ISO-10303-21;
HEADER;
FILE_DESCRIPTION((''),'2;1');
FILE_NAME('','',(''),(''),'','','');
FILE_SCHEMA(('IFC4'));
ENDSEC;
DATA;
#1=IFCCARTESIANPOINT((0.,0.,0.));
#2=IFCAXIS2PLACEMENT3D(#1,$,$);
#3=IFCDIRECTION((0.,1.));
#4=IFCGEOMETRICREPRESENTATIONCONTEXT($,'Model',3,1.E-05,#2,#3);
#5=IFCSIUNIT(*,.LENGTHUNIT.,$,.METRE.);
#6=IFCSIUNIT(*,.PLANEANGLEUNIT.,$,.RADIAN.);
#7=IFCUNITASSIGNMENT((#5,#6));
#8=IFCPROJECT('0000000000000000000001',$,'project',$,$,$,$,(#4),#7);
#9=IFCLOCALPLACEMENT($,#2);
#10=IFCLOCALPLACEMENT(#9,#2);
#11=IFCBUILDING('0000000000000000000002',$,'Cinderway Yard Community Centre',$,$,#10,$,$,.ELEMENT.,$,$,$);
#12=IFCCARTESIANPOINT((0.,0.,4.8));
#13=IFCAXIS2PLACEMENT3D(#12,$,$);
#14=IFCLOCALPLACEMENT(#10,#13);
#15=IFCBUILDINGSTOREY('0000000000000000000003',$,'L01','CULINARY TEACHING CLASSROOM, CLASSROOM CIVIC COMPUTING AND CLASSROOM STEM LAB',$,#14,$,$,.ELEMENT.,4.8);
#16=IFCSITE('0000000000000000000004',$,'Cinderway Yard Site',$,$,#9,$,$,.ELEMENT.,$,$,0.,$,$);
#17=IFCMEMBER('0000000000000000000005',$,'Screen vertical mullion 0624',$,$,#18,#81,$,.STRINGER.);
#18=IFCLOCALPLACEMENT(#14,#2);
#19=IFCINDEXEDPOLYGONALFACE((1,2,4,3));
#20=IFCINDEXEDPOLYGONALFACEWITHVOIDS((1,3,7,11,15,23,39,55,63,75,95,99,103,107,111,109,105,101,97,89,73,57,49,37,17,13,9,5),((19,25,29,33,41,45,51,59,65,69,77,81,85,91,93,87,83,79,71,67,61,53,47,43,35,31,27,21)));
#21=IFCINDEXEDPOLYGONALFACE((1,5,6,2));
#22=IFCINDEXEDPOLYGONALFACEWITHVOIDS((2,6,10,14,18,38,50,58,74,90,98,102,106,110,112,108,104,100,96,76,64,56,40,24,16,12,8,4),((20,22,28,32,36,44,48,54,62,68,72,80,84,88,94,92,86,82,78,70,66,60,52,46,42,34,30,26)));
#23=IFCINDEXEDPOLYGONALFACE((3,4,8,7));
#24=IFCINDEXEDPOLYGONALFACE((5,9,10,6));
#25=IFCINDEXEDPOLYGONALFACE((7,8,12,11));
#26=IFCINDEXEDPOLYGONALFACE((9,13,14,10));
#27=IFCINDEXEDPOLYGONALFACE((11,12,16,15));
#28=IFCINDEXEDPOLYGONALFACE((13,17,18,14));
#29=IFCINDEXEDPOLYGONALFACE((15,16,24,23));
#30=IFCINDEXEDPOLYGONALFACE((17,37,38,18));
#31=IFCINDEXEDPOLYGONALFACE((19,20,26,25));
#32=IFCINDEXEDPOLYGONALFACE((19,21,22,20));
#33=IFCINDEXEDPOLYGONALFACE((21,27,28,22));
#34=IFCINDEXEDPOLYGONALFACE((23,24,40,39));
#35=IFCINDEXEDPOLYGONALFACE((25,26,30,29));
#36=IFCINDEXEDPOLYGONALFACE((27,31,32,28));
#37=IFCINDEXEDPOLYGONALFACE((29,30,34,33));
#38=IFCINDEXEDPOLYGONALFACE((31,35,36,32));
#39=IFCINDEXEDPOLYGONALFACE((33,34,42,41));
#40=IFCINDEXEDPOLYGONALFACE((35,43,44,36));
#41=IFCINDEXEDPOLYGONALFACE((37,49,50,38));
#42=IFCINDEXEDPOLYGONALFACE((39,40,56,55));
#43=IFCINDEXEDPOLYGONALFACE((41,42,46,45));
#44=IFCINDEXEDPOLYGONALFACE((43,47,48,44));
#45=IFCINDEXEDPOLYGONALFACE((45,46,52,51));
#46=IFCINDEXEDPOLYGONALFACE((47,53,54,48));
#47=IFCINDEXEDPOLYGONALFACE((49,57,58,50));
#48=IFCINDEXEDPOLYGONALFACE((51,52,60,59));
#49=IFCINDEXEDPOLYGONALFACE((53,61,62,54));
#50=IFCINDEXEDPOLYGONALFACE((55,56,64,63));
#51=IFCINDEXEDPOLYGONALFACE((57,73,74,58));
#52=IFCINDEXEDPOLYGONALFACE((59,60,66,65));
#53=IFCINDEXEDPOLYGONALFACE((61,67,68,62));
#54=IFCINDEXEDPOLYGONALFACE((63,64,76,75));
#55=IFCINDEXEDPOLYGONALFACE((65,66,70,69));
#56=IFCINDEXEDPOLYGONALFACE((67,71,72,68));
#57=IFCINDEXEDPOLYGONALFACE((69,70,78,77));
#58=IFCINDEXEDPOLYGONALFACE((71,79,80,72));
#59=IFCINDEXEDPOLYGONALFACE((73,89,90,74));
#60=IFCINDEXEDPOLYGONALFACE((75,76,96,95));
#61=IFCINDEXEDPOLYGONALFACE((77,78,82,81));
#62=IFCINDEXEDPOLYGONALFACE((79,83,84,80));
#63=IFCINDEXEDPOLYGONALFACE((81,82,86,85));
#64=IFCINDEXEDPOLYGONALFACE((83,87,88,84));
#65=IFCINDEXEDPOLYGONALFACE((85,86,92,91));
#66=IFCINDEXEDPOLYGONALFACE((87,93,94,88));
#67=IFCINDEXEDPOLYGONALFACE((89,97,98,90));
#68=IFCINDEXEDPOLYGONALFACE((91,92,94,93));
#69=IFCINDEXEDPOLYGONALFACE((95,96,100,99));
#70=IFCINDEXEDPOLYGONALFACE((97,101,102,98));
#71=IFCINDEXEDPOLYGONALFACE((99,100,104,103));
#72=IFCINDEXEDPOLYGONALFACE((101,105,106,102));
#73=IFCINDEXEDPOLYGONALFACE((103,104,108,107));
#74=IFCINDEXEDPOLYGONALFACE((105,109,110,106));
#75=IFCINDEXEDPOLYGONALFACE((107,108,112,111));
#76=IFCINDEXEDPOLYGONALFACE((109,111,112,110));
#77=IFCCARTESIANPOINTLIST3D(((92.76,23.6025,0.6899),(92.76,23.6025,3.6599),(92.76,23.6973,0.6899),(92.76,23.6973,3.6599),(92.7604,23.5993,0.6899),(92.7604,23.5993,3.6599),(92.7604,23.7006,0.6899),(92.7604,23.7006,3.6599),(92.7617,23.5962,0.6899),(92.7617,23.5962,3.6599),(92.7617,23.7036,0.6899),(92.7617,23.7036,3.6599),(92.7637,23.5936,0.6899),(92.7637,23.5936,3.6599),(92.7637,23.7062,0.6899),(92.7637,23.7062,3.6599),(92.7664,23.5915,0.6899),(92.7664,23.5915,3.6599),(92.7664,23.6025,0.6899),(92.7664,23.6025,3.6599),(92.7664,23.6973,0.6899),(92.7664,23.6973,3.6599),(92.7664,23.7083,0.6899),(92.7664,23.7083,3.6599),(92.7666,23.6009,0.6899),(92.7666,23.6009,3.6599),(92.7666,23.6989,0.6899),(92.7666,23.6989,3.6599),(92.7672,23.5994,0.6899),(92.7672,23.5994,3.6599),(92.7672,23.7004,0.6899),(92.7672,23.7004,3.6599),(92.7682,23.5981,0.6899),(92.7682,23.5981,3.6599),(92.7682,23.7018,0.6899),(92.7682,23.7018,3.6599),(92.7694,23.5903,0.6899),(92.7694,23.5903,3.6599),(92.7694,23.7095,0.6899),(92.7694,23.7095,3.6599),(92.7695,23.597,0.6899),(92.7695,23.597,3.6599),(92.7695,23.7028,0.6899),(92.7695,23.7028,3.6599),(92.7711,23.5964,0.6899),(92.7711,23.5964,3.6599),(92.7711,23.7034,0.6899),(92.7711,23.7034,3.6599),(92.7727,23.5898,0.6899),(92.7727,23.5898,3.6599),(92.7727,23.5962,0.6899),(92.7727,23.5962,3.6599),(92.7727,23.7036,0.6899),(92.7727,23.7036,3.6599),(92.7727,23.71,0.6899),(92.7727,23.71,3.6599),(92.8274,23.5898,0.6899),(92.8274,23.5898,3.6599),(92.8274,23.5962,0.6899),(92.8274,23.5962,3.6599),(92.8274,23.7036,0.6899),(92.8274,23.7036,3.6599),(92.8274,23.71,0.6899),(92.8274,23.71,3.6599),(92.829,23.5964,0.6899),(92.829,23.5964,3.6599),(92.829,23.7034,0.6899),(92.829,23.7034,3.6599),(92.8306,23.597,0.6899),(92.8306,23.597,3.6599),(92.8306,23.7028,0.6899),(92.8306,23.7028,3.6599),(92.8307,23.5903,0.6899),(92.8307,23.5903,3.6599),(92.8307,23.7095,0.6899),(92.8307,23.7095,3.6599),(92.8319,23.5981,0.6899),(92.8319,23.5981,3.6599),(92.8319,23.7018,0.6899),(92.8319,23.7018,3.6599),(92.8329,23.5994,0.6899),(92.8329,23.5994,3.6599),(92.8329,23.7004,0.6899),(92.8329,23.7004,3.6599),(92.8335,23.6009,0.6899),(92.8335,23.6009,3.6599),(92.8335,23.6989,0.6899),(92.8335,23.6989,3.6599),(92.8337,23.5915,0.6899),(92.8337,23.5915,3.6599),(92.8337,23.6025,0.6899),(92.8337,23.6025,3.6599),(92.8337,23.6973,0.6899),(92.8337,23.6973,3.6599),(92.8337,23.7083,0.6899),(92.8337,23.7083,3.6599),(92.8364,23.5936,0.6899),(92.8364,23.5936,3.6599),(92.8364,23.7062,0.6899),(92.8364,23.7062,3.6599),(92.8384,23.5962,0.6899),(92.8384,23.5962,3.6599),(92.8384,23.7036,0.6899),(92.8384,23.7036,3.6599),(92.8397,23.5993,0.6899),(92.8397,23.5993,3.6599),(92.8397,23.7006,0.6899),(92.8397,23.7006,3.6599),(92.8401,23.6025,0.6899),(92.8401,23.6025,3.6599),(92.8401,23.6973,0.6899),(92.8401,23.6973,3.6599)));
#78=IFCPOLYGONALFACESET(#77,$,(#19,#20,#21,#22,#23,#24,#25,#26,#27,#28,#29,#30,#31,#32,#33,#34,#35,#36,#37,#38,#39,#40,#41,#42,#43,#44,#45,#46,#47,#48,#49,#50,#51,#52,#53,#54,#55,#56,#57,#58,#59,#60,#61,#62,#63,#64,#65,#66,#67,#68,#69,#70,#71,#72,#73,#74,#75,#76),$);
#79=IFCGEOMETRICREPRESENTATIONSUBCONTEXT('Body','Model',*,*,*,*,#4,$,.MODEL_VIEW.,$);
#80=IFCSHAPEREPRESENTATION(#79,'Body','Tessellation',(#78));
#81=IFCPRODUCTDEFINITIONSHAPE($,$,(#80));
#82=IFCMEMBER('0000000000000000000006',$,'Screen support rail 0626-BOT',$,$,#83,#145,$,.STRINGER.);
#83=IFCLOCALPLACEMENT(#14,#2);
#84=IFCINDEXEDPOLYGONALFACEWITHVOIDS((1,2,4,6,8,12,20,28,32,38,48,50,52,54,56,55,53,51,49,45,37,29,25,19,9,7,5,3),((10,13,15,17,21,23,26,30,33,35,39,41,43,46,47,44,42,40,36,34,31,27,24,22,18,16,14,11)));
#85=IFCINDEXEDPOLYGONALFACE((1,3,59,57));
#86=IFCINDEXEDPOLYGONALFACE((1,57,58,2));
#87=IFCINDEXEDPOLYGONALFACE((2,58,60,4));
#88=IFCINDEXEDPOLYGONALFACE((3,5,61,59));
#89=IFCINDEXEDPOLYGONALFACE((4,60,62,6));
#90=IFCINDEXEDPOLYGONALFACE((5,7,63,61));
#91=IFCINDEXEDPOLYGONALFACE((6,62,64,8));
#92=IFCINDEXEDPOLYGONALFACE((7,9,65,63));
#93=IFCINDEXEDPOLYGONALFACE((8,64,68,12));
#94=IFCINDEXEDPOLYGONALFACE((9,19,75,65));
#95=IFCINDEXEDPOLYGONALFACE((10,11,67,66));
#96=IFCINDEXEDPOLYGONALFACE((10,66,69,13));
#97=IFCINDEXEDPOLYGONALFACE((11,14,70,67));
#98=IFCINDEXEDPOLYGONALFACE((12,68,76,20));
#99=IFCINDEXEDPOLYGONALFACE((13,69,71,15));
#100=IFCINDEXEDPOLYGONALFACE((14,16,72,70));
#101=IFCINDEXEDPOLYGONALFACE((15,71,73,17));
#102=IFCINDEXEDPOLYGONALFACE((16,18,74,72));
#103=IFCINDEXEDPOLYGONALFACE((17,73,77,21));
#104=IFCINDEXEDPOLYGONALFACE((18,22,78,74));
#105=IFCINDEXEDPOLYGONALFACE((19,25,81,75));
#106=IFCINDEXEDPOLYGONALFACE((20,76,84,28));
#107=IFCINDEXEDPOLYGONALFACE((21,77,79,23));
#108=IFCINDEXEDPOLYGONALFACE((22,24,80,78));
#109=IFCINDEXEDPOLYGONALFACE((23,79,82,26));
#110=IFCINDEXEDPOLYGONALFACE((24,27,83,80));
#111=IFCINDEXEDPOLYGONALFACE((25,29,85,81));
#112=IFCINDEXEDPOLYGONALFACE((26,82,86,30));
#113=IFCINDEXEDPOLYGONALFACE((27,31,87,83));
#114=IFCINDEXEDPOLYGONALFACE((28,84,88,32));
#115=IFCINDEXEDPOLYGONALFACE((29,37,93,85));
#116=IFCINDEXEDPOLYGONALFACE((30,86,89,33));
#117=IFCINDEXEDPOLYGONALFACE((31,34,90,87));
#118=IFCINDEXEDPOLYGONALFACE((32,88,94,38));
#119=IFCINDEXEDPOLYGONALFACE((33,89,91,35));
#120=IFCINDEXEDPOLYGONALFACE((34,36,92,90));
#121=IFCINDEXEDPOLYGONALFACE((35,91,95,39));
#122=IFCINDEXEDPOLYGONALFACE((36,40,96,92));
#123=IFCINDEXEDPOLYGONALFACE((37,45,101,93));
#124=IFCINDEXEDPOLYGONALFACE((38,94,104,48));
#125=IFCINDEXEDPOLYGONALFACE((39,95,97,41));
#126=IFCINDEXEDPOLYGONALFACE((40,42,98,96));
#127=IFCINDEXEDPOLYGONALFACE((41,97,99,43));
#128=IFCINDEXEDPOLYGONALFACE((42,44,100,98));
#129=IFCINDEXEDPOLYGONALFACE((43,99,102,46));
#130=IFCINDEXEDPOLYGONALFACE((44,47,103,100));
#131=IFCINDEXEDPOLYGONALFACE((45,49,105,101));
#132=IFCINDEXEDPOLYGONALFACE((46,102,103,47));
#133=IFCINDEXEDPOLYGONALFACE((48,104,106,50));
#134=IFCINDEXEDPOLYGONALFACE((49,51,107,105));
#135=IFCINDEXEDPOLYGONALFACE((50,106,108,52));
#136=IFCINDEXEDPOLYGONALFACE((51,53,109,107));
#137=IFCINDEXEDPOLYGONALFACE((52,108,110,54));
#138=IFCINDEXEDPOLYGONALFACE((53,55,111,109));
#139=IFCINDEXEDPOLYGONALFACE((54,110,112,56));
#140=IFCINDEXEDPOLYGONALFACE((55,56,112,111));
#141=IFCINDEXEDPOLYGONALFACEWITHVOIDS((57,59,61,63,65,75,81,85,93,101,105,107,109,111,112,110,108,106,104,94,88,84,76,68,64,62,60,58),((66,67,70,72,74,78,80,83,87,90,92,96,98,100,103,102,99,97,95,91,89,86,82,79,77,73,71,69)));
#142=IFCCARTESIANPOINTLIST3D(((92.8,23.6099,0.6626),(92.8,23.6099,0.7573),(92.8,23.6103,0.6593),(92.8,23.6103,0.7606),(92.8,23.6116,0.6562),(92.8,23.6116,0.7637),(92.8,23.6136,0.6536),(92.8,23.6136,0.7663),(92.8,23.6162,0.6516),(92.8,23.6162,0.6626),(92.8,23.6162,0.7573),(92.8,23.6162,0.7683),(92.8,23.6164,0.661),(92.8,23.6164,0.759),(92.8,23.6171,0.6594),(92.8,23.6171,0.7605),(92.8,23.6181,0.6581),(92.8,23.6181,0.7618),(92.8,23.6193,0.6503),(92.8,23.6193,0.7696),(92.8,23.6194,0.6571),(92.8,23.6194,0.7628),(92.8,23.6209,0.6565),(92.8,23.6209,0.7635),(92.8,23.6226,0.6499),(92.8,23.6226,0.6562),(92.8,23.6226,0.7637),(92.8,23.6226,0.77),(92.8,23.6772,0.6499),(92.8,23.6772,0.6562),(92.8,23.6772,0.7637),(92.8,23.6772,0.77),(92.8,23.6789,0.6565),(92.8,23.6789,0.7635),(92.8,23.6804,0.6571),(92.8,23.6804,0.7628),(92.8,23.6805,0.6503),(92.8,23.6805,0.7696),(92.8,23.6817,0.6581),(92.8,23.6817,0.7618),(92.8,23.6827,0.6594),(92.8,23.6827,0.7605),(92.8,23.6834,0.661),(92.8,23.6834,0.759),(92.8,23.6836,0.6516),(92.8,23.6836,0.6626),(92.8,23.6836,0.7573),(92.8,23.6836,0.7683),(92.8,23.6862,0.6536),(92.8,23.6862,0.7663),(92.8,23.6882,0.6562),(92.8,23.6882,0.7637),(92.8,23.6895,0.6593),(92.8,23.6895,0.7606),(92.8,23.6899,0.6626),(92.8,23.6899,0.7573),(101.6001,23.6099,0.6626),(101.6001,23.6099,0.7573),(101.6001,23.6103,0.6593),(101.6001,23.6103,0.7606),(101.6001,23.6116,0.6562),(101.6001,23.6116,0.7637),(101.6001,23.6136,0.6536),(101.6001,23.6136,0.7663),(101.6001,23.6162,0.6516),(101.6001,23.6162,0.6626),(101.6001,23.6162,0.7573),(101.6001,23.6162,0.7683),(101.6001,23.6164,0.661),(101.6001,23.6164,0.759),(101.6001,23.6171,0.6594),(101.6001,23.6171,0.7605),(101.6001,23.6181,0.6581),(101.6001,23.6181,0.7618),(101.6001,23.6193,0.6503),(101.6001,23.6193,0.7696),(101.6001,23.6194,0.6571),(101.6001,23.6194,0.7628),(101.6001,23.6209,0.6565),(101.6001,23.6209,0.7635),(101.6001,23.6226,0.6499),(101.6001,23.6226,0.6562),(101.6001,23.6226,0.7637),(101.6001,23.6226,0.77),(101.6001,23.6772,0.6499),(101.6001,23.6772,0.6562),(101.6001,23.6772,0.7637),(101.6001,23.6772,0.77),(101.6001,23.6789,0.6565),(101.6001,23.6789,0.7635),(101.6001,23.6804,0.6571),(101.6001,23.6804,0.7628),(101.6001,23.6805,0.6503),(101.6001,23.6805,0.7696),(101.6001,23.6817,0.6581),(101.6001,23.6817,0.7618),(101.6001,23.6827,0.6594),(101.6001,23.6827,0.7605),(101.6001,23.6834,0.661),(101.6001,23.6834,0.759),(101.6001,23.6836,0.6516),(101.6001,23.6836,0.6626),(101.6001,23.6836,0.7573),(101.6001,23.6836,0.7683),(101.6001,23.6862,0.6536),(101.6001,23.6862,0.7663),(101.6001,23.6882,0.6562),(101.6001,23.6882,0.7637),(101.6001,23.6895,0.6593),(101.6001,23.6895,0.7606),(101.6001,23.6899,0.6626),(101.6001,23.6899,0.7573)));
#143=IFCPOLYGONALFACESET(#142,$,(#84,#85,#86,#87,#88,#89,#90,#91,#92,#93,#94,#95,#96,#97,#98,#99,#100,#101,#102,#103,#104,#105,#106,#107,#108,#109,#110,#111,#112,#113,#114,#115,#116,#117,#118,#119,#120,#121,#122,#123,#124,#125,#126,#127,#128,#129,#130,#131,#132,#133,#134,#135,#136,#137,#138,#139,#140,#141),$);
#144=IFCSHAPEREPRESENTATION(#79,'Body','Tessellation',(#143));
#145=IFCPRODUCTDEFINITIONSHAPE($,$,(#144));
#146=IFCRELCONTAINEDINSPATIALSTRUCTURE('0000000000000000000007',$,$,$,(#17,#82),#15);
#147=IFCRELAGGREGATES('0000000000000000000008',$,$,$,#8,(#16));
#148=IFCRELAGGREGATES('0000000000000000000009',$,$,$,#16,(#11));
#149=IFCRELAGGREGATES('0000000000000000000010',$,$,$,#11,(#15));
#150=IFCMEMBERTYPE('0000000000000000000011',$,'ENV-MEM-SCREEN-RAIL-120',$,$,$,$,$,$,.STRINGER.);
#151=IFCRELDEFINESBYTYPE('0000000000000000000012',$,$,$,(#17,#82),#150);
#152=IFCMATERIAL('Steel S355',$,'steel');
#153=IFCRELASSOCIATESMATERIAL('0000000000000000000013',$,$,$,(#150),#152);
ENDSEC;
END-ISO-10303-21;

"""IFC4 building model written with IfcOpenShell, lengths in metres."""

from ifc_helpers import new_model, si_unit, direction, frame, origin, origin_2d, place, context, subcontext, project, spatial, hollow_rectangle, extrude, material, material_profile, profile_set, type_object, element, save


model = new_model("IFC4")

# Units and contexts
model_context = context("Model", 3, precision=1e-05, world=origin(), true_north=direction((0.0, 1.0)))
body_context = subcontext(model_context, "Body", "Model", "MODEL_VIEW")
ifc_project = project(units=[si_unit("LENGTHUNIT", "METRE"), si_unit("PLANEANGLEUNIT", "RADIAN")], contexts=[model_context])

# Site, building, storey
site_placement = place(None, origin())
site = spatial("IfcSite", under=ifc_project, at=site_placement, Name="Cinderway Yard Site", CompositionType="ELEMENT", RefElevation=0.0)
building_placement = place(site_placement, origin())
building = spatial("IfcBuilding", under=site, at=building_placement, Name="Cinderway Yard Community Centre", CompositionType="ELEMENT")
storey_placement = place(building_placement, frame((0.0, 0.0, 4.8)))
storey = spatial("IfcBuildingStorey", under=building, at=storey_placement, Name="L01", Description="CULINARY TEACHING CLASSROOM, CLASSROOM CIVIC COMPUTING AND CLASSROOM STEM LAB", CompositionType="ELEMENT", Elevation=4.8)

# Members
ifc_material_1 = material(Name="Steel S355", Category="steel")
ifc_material_profile = material_profile(ifc_material_1, hollow_rectangle(XDim=0.0801, YDim=0.1201, WallThickness=0.0063, InnerFilletRadius=0.0063, OuterFilletRadius=0.0127, at=origin_2d()), Name="Steel S355")
ifc_profile_set = profile_set([ifc_material_profile], Name="Steel S355")
member_type = type_object("IfcMemberType", Name="ENV-MEM-SCREEN-RAIL-120", PredefinedType="STRINGER", material=ifc_profile_set)
for number, where, z_axis, x_axis, name in (
    (1, (92.8, 23.6499, 0.6899), (0.0, 0.0, 1.0), (1.0, 0.0, 0.0), "Screen vertical mullion 0624"),
):
    element("IfcMember", number, at=place(storey_placement, frame(where, z_axis=z_axis, x_axis=x_axis)), inside=storey, type_object=member_type, Name=name, PredefinedType="STRINGER", context=body_context, shape_type="SweptSolid", body=[
        extrude(hollow_rectangle(XDim=0.0801, YDim=0.1201, WallThickness=0.0063, InnerFilletRadius=0.0063, OuterFilletRadius=0.0127, at=origin_2d()), origin(), (0.0, 0.0, 1.0), 2.97),
    ])
for number, where, z_axis, x_axis, name in (
    (2, (92.8, 23.6499, 0.71), (1.0, 0.0, 0.0), (0.0, 1.0, 0.0), "Screen support rail 0626-BOT"),
):
    element("IfcMember", number, at=place(storey_placement, frame(where, z_axis=z_axis, x_axis=x_axis)), inside=storey, type_object=member_type, Name=name, PredefinedType="STRINGER", context=body_context, shape_type="SweptSolid", body=[
        extrude(hollow_rectangle(XDim=0.0801, YDim=0.1201, WallThickness=0.0063, InnerFilletRadius=0.0063, OuterFilletRadius=0.0127, at=origin_2d()), origin(), (0.0, 0.0, 1.0), 8.8),
    ])

save(model, "model.ifc")
